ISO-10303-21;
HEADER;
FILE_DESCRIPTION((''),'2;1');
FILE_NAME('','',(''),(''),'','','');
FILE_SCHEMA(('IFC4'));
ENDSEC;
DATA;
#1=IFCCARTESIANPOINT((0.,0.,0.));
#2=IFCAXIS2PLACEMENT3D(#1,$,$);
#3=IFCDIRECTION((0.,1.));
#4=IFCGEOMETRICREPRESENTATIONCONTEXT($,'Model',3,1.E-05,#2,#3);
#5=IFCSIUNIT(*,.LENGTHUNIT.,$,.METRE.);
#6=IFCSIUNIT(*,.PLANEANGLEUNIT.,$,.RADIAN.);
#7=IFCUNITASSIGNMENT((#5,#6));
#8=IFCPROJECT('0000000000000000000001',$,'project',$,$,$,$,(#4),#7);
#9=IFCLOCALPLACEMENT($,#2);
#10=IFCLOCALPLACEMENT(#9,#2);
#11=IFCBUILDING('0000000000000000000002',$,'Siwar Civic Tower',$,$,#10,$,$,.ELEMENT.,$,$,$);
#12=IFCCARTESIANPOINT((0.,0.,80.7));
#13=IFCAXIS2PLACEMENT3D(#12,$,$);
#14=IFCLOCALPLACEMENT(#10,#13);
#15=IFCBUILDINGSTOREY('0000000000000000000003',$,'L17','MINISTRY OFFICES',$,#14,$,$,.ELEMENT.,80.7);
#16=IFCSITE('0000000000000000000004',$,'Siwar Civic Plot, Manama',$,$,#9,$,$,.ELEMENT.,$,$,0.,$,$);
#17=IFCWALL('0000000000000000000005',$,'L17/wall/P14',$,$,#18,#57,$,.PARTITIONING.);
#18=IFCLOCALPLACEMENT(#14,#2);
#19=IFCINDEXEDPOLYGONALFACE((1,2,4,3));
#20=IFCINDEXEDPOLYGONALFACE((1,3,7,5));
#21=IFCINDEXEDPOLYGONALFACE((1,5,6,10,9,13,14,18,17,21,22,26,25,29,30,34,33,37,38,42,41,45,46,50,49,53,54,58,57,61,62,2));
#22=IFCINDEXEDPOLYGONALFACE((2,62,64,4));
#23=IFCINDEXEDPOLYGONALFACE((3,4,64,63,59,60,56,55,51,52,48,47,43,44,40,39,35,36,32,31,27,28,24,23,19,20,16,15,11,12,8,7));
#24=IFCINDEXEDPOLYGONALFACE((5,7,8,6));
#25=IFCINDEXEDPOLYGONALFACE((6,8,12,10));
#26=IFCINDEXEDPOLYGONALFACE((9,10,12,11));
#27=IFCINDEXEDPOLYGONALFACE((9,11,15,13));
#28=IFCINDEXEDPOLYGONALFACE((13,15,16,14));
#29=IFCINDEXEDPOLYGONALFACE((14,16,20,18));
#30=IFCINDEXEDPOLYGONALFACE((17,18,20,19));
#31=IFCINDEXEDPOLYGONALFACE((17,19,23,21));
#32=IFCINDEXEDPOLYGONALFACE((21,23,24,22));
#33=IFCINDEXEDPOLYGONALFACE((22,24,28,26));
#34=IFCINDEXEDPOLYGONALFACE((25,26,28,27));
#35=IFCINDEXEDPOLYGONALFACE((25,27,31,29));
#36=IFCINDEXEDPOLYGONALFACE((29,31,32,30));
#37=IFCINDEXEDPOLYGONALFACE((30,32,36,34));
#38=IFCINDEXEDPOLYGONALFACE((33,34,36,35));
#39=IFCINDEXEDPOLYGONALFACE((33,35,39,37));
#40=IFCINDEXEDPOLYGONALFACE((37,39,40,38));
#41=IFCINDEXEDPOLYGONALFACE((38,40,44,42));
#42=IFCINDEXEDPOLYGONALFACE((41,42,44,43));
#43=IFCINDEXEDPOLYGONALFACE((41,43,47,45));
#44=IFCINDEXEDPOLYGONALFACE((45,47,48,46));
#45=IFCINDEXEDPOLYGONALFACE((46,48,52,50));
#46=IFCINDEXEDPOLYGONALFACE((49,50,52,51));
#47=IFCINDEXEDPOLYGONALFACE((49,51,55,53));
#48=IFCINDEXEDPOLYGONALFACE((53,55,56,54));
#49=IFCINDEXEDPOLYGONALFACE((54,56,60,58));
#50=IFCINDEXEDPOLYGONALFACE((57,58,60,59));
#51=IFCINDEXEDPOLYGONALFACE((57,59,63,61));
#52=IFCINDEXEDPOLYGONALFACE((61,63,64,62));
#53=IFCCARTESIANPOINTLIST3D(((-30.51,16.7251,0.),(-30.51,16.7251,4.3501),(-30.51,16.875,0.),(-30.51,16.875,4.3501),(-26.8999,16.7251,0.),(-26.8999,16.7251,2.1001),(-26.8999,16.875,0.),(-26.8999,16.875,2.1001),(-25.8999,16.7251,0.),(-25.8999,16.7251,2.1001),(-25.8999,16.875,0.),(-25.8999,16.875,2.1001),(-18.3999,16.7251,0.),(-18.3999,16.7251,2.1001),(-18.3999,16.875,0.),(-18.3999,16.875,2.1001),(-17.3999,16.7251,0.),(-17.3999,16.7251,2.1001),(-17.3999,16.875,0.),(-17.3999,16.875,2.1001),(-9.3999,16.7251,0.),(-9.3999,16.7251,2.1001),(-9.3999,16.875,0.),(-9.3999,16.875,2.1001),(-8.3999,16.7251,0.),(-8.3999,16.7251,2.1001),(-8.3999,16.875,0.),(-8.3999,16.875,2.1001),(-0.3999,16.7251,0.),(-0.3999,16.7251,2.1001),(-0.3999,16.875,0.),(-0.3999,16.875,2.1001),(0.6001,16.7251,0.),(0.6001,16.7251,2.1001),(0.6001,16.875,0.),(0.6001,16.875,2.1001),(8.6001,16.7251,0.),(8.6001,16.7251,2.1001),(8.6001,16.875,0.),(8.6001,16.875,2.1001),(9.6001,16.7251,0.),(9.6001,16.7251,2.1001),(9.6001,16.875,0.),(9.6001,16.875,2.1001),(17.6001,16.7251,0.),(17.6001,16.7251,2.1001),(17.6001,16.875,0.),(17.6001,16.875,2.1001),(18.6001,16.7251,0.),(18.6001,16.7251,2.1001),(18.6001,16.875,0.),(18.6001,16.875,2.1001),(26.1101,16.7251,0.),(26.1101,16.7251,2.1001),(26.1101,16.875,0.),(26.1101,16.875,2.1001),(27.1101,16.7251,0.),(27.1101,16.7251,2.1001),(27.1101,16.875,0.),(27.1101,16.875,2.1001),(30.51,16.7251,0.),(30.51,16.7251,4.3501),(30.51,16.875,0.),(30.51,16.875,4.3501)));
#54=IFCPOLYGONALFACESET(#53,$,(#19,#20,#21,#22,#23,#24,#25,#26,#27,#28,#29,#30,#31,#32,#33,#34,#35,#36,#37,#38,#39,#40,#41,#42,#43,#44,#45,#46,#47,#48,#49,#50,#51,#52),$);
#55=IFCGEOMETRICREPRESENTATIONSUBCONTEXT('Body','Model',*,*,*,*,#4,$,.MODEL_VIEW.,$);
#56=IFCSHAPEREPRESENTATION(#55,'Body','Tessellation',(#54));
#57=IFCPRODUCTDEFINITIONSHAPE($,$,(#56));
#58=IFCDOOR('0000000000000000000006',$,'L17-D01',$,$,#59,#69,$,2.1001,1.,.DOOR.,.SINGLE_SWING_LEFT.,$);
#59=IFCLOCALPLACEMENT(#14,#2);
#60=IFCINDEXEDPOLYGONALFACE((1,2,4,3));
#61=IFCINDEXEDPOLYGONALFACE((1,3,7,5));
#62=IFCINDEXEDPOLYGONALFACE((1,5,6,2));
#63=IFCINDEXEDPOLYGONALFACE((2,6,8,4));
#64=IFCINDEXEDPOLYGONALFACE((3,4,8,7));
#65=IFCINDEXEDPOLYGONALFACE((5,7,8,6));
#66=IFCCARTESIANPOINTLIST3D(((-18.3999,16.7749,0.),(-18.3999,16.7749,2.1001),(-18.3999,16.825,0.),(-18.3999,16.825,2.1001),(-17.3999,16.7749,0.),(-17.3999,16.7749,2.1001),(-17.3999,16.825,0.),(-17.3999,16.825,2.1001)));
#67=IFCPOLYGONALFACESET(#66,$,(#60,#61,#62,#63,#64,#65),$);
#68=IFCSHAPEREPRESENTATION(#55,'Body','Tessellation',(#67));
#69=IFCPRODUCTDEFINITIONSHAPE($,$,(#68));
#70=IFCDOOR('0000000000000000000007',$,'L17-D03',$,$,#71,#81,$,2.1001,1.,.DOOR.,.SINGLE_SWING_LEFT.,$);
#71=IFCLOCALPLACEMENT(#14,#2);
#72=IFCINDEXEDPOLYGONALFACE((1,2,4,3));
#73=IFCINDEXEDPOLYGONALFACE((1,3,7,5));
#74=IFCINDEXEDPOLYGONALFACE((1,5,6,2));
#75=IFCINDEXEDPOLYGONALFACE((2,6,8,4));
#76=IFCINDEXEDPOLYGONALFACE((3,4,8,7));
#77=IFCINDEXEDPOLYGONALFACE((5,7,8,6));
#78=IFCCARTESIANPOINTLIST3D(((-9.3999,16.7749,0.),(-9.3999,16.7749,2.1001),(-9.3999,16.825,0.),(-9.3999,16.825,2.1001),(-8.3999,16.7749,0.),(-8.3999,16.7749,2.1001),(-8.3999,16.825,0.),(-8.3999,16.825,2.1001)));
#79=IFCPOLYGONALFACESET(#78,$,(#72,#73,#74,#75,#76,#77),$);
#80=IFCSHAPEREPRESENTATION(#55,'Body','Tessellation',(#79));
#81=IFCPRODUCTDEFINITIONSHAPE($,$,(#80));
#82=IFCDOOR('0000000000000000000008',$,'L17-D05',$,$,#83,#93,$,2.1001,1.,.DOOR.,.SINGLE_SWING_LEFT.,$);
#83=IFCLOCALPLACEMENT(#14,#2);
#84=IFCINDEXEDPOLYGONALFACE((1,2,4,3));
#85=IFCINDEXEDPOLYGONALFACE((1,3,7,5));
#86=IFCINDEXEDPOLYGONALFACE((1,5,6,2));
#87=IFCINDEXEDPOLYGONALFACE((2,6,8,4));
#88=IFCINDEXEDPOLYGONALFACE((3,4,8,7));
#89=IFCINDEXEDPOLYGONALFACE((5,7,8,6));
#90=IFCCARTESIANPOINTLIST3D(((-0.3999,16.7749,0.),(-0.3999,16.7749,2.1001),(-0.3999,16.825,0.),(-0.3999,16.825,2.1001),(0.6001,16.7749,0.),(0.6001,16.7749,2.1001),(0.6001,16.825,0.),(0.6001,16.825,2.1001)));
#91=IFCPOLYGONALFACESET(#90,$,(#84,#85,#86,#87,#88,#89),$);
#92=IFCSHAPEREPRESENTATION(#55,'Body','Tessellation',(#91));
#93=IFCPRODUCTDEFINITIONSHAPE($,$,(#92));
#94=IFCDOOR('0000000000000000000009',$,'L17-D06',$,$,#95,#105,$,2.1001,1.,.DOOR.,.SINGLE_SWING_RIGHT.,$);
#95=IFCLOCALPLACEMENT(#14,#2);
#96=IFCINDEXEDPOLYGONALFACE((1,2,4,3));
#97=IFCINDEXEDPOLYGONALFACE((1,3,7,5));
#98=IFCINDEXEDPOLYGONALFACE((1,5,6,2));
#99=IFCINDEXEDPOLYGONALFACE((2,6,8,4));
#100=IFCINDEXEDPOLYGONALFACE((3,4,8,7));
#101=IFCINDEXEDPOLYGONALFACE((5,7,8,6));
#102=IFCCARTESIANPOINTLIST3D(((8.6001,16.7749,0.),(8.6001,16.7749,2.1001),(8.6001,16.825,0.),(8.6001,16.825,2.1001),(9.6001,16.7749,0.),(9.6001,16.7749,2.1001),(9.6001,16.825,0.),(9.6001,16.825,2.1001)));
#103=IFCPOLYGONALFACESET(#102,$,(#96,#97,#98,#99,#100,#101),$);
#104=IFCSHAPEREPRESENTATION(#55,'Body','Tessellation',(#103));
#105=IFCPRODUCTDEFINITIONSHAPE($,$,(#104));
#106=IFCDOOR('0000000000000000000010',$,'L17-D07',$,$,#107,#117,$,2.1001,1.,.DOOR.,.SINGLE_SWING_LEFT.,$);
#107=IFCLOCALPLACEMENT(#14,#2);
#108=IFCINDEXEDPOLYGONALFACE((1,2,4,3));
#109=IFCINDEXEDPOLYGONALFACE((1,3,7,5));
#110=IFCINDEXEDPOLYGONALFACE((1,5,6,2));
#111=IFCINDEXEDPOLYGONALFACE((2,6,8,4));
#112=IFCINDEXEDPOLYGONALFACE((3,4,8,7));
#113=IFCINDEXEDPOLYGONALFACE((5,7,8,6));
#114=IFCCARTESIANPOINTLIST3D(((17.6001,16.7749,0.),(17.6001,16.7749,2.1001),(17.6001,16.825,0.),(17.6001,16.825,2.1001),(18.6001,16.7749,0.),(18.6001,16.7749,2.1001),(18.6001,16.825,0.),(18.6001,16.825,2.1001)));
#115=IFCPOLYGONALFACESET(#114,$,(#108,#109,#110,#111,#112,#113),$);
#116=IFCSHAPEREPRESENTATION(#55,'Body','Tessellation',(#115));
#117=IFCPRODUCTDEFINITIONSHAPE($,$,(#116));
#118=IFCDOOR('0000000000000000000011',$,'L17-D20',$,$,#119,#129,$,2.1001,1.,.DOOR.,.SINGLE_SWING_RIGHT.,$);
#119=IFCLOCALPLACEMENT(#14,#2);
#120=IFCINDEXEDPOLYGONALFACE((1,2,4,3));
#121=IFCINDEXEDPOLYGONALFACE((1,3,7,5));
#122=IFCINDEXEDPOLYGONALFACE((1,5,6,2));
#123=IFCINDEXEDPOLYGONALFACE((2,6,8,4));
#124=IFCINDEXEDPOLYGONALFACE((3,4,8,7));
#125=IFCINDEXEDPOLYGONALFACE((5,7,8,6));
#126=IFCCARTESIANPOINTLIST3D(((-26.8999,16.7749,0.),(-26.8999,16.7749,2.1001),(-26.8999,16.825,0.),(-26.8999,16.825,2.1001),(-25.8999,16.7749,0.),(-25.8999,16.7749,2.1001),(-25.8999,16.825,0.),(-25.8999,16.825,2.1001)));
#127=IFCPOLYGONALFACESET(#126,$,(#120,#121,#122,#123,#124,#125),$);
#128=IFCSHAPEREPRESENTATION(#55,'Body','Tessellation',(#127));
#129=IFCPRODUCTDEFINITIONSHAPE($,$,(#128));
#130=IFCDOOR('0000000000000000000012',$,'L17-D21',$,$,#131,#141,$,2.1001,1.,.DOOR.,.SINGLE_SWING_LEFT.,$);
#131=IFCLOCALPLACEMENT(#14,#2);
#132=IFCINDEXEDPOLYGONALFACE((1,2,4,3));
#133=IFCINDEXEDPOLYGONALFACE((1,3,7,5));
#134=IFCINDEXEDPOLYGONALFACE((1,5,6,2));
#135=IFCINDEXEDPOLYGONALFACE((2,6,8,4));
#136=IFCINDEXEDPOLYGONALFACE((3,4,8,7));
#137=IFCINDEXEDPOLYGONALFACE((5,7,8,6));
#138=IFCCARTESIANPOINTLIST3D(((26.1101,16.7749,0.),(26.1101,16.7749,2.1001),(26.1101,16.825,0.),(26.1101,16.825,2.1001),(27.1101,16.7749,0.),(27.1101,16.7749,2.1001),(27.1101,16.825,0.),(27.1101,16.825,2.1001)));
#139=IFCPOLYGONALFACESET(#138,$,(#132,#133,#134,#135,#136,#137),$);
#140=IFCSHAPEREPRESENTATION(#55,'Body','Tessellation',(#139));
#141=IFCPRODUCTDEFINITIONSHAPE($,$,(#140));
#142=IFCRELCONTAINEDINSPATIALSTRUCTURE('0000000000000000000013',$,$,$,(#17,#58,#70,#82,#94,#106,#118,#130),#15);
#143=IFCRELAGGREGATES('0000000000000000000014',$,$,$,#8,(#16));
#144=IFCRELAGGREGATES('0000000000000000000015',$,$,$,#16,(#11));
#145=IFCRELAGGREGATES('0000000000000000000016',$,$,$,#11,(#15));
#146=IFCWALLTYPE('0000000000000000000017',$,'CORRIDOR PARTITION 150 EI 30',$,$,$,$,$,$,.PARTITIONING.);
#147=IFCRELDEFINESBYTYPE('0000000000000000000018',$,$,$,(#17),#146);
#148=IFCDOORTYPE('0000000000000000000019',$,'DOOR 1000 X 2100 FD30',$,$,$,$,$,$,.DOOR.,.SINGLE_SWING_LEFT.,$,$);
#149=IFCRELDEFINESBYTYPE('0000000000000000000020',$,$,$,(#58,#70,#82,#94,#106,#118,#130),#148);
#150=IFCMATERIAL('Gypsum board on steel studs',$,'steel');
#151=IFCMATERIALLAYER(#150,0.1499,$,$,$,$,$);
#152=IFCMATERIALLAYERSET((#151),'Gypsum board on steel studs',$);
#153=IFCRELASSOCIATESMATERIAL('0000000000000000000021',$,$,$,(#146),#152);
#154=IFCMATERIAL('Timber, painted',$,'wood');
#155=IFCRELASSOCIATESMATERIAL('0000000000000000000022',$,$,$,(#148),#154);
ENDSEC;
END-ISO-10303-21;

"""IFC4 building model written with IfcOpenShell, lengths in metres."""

from ifc_helpers import new_model, si_unit, direction, frame, frame_2d, origin, place, context, subcontext, project, spatial, rectangle, extrude, material, layer, layer_set, type_object, element, fill, save


model = new_model("IFC4")

# Units and contexts
model_context = context("Model", 3, precision=1e-05, world=origin(), true_north=direction((0.0, 1.0)))
body_context = subcontext(model_context, "Body", "Model", "MODEL_VIEW")
ifc_project = project(units=[si_unit("LENGTHUNIT", "METRE"), si_unit("PLANEANGLEUNIT", "RADIAN")], contexts=[model_context])

# Site, building, storey
site_placement = place(None, origin())
site = spatial("IfcSite", under=ifc_project, at=site_placement, Name="Siwar Civic Plot, Manama", CompositionType="ELEMENT", RefElevation=0.0)
building_placement = place(site_placement, origin())
building = spatial("IfcBuilding", under=site, at=building_placement, Name="Siwar Civic Tower", CompositionType="ELEMENT")
storey_placement = place(building_placement, frame((0.0, 0.0, 80.7)))
storey = spatial("IfcBuildingStorey", under=building, at=storey_placement, Name="L17", Description="MINISTRY OFFICES", CompositionType="ELEMENT", Elevation=80.7)

# Shared definitions
ifc_material_1 = material(Name="Gypsum board on steel studs", Category="steel")
ifc_layer_1 = layer(ifc_material_1, 0.1499)
ifc_layer_set_1 = layer_set([ifc_layer_1], Name="Gypsum board on steel studs")
wall_type_1 = type_object("IfcWallType", Name="CORRIDOR PARTITION 150 EI 30", PredefinedType="PARTITIONING", material=ifc_layer_set_1)
ifc_material_2 = material(Name="Timber, painted", Category="wood")
door_type_1 = type_object("IfcDoorType", Name="DOOR 1000 X 2100 FD30", OperationType="SINGLE_SWING_LEFT", PredefinedType="DOOR", material=ifc_material_2)

# Wall, openings, doors
wall_1_placement = place(storey_placement, frame((-30.51, 16.8, 0.0), z_axis=(0.0, 0.0, 1.0), x_axis=(1.0, 0.0, 0.0)))
wall_1 = element("IfcWall", 1, at=wall_1_placement, inside=storey, type_object=wall_type_1, Name="L17/wall/P14", PredefinedType="PARTITIONING", context=body_context, shape_type="SweptSolid", body=[
    extrude(rectangle(XDim=61.02, YDim=0.1499, at=frame_2d((30.51, 0.0))), origin(), (0.0, 0.0, 1.0), 4.3501),
])
opening_1_placement = place(wall_1_placement, frame((12.1101, 0.0, 0.0)))
opening_1 = element("IfcOpeningElement", 2, at=opening_1_placement, cuts=wall_1, PredefinedType="OPENING", context=body_context, shape_type="SweptSolid", body=[
    extrude(rectangle(XDim=1.0, YDim=2.1001, at=frame_2d((0.5, 1.05))), frame((0.0, 0.085, 0.0), z_axis=(0.0, -1.0, 0.0), x_axis=(1.0, 0.0, 0.0)), (0.0, 0.0, 1.0), 0.1699),
])
opening_2_placement = place(wall_1_placement, frame((21.1101, 0.0, 0.0)))
opening_2 = element("IfcOpeningElement", 3, at=opening_2_placement, cuts=wall_1, PredefinedType="OPENING", context=body_context, shape_type="SweptSolid", body=[
    extrude(rectangle(XDim=1.0, YDim=2.1001, at=frame_2d((0.5, 1.05))), frame((0.0, 0.085, 0.0), z_axis=(0.0, -1.0, 0.0), x_axis=(1.0, 0.0, 0.0)), (0.0, 0.0, 1.0), 0.1699),
])
opening_3_placement = place(wall_1_placement, frame((30.1101, 0.0, 0.0)))
opening_3 = element("IfcOpeningElement", 4, at=opening_3_placement, cuts=wall_1, PredefinedType="OPENING", context=body_context, shape_type="SweptSolid", body=[
    extrude(rectangle(XDim=1.0, YDim=2.1001, at=frame_2d((0.5, 1.05))), frame((0.0, 0.085, 0.0), z_axis=(0.0, -1.0, 0.0), x_axis=(1.0, 0.0, 0.0)), (0.0, 0.0, 1.0), 0.1699),
])
opening_4_placement = place(wall_1_placement, frame((39.1101, 0.0, 0.0)))
opening_4 = element("IfcOpeningElement", 5, at=opening_4_placement, cuts=wall_1, PredefinedType="OPENING", context=body_context, shape_type="SweptSolid", body=[
    extrude(rectangle(XDim=1.0, YDim=2.1001, at=frame_2d((0.5, 1.05))), frame((0.0, 0.085, 0.0), z_axis=(0.0, -1.0, 0.0), x_axis=(1.0, 0.0, 0.0)), (0.0, 0.0, 1.0), 0.1699),
])
opening_5_placement = place(wall_1_placement, frame((48.1101, 0.0, 0.0)))
opening_5 = element("IfcOpeningElement", 6, at=opening_5_placement, cuts=wall_1, PredefinedType="OPENING", context=body_context, shape_type="SweptSolid", body=[
    extrude(rectangle(XDim=1.0, YDim=2.1001, at=frame_2d((0.5, 1.05))), frame((0.0, 0.085, 0.0), z_axis=(0.0, -1.0, 0.0), x_axis=(1.0, 0.0, 0.0)), (0.0, 0.0, 1.0), 0.1699),
])
opening_6_placement = place(wall_1_placement, frame((3.6101, 0.0, 0.0)))
opening_6 = element("IfcOpeningElement", 7, at=opening_6_placement, cuts=wall_1, PredefinedType="OPENING", context=body_context, shape_type="SweptSolid", body=[
    extrude(rectangle(XDim=1.0, YDim=2.1001, at=frame_2d((0.5, 1.05))), frame((0.0, 0.085, 0.0), z_axis=(0.0, -1.0, 0.0), x_axis=(1.0, 0.0, 0.0)), (0.0, 0.0, 1.0), 0.1699),
])
opening_7_placement = place(wall_1_placement, frame((56.6201, 0.0, 0.0)))
opening_7 = element("IfcOpeningElement", 8, at=opening_7_placement, cuts=wall_1, PredefinedType="OPENING", context=body_context, shape_type="SweptSolid", body=[
    extrude(rectangle(XDim=1.0, YDim=2.1001, at=frame_2d((0.5, 1.05))), frame((0.0, 0.085, 0.0), z_axis=(0.0, -1.0, 0.0), x_axis=(1.0, 0.0, 0.0)), (0.0, 0.0, 1.0), 0.1699),
])
door_1_placement = place(opening_1_placement, origin())
door_1 = element("IfcDoor", 9, at=door_1_placement, inside=storey, type_object=door_type_1, Name="L17-D01", OperationType="SINGLE_SWING_LEFT", OverallHeight=2.1001, OverallWidth=1.0, PredefinedType="DOOR", context=body_context, shape_type="SweptSolid", body=[
    extrude(rectangle(XDim=1.0, YDim=2.1001, at=frame_2d((0.5, 1.05))), frame((0.0, 0.0249, 0.0), z_axis=(0.0, -1.0, 0.0), x_axis=(1.0, 0.0, 0.0)), (0.0, 0.0, 1.0), 0.05),
])
fill(opening_1, door_1)
door_2_placement = place(opening_2_placement, origin())
door_2 = element("IfcDoor", 10, at=door_2_placement, inside=storey, type_object=door_type_1, Name="L17-D03", OperationType="SINGLE_SWING_LEFT", OverallHeight=2.1001, OverallWidth=1.0, PredefinedType="DOOR", context=body_context, shape_type="SweptSolid", body=[
    extrude(rectangle(XDim=1.0, YDim=2.1001, at=frame_2d((0.5, 1.05))), frame((0.0, 0.0249, 0.0), z_axis=(0.0, -1.0, 0.0), x_axis=(1.0, 0.0, 0.0)), (0.0, 0.0, 1.0), 0.05),
])
fill(opening_2, door_2)
door_3_placement = place(opening_3_placement, origin())
door_3 = element("IfcDoor", 11, at=door_3_placement, inside=storey, type_object=door_type_1, Name="L17-D05", OperationType="SINGLE_SWING_LEFT", OverallHeight=2.1001, OverallWidth=1.0, PredefinedType="DOOR", context=body_context, shape_type="SweptSolid", body=[
    extrude(rectangle(XDim=1.0, YDim=2.1001, at=frame_2d((0.5, 1.05))), frame((0.0, 0.0249, 0.0), z_axis=(0.0, -1.0, 0.0), x_axis=(1.0, 0.0, 0.0)), (0.0, 0.0, 1.0), 0.05),
])
fill(opening_3, door_3)
door_4_placement = place(opening_4_placement, origin())
door_4 = element("IfcDoor", 12, at=door_4_placement, inside=storey, type_object=door_type_1, Name="L17-D06", OperationType="SINGLE_SWING_RIGHT", OverallHeight=2.1001, OverallWidth=1.0, PredefinedType="DOOR", context=body_context, shape_type="SweptSolid", body=[
    extrude(rectangle(XDim=1.0, YDim=2.1001, at=frame_2d((0.5, 1.05))), frame((0.0, 0.0249, 0.0), z_axis=(0.0, -1.0, 0.0), x_axis=(1.0, 0.0, 0.0)), (0.0, 0.0, 1.0), 0.05),
])
fill(opening_4, door_4)
door_5_placement = place(opening_5_placement, origin())
door_5 = element("IfcDoor", 13, at=door_5_placement, inside=storey, type_object=door_type_1, Name="L17-D07", OperationType="SINGLE_SWING_LEFT", OverallHeight=2.1001, OverallWidth=1.0, PredefinedType="DOOR", context=body_context, shape_type="SweptSolid", body=[
    extrude(rectangle(XDim=1.0, YDim=2.1001, at=frame_2d((0.5, 1.05))), frame((0.0, 0.0249, 0.0), z_axis=(0.0, -1.0, 0.0), x_axis=(1.0, 0.0, 0.0)), (0.0, 0.0, 1.0), 0.05),
])
fill(opening_5, door_5)
door_6_placement = place(opening_6_placement, origin())
door_6 = element("IfcDoor", 14, at=door_6_placement, inside=storey, type_object=door_type_1, Name="L17-D20", OperationType="SINGLE_SWING_RIGHT", OverallHeight=2.1001, OverallWidth=1.0, PredefinedType="DOOR", context=body_context, shape_type="SweptSolid", body=[
    extrude(rectangle(XDim=1.0, YDim=2.1001, at=frame_2d((0.5, 1.05))), frame((0.0, 0.0249, 0.0), z_axis=(0.0, -1.0, 0.0), x_axis=(1.0, 0.0, 0.0)), (0.0, 0.0, 1.0), 0.05),
])
fill(opening_6, door_6)
door_7_placement = place(opening_7_placement, origin())
door_7 = element("IfcDoor", 15, at=door_7_placement, inside=storey, type_object=door_type_1, Name="L17-D21", OperationType="SINGLE_SWING_LEFT", OverallHeight=2.1001, OverallWidth=1.0, PredefinedType="DOOR", context=body_context, shape_type="SweptSolid", body=[
    extrude(rectangle(XDim=1.0, YDim=2.1001, at=frame_2d((0.5, 1.05))), frame((0.0, 0.0249, 0.0), z_axis=(0.0, -1.0, 0.0), x_axis=(1.0, 0.0, 0.0)), (0.0, 0.0, 1.0), 0.05),
])
fill(opening_7, door_7)

save(model, "model.ifc")
